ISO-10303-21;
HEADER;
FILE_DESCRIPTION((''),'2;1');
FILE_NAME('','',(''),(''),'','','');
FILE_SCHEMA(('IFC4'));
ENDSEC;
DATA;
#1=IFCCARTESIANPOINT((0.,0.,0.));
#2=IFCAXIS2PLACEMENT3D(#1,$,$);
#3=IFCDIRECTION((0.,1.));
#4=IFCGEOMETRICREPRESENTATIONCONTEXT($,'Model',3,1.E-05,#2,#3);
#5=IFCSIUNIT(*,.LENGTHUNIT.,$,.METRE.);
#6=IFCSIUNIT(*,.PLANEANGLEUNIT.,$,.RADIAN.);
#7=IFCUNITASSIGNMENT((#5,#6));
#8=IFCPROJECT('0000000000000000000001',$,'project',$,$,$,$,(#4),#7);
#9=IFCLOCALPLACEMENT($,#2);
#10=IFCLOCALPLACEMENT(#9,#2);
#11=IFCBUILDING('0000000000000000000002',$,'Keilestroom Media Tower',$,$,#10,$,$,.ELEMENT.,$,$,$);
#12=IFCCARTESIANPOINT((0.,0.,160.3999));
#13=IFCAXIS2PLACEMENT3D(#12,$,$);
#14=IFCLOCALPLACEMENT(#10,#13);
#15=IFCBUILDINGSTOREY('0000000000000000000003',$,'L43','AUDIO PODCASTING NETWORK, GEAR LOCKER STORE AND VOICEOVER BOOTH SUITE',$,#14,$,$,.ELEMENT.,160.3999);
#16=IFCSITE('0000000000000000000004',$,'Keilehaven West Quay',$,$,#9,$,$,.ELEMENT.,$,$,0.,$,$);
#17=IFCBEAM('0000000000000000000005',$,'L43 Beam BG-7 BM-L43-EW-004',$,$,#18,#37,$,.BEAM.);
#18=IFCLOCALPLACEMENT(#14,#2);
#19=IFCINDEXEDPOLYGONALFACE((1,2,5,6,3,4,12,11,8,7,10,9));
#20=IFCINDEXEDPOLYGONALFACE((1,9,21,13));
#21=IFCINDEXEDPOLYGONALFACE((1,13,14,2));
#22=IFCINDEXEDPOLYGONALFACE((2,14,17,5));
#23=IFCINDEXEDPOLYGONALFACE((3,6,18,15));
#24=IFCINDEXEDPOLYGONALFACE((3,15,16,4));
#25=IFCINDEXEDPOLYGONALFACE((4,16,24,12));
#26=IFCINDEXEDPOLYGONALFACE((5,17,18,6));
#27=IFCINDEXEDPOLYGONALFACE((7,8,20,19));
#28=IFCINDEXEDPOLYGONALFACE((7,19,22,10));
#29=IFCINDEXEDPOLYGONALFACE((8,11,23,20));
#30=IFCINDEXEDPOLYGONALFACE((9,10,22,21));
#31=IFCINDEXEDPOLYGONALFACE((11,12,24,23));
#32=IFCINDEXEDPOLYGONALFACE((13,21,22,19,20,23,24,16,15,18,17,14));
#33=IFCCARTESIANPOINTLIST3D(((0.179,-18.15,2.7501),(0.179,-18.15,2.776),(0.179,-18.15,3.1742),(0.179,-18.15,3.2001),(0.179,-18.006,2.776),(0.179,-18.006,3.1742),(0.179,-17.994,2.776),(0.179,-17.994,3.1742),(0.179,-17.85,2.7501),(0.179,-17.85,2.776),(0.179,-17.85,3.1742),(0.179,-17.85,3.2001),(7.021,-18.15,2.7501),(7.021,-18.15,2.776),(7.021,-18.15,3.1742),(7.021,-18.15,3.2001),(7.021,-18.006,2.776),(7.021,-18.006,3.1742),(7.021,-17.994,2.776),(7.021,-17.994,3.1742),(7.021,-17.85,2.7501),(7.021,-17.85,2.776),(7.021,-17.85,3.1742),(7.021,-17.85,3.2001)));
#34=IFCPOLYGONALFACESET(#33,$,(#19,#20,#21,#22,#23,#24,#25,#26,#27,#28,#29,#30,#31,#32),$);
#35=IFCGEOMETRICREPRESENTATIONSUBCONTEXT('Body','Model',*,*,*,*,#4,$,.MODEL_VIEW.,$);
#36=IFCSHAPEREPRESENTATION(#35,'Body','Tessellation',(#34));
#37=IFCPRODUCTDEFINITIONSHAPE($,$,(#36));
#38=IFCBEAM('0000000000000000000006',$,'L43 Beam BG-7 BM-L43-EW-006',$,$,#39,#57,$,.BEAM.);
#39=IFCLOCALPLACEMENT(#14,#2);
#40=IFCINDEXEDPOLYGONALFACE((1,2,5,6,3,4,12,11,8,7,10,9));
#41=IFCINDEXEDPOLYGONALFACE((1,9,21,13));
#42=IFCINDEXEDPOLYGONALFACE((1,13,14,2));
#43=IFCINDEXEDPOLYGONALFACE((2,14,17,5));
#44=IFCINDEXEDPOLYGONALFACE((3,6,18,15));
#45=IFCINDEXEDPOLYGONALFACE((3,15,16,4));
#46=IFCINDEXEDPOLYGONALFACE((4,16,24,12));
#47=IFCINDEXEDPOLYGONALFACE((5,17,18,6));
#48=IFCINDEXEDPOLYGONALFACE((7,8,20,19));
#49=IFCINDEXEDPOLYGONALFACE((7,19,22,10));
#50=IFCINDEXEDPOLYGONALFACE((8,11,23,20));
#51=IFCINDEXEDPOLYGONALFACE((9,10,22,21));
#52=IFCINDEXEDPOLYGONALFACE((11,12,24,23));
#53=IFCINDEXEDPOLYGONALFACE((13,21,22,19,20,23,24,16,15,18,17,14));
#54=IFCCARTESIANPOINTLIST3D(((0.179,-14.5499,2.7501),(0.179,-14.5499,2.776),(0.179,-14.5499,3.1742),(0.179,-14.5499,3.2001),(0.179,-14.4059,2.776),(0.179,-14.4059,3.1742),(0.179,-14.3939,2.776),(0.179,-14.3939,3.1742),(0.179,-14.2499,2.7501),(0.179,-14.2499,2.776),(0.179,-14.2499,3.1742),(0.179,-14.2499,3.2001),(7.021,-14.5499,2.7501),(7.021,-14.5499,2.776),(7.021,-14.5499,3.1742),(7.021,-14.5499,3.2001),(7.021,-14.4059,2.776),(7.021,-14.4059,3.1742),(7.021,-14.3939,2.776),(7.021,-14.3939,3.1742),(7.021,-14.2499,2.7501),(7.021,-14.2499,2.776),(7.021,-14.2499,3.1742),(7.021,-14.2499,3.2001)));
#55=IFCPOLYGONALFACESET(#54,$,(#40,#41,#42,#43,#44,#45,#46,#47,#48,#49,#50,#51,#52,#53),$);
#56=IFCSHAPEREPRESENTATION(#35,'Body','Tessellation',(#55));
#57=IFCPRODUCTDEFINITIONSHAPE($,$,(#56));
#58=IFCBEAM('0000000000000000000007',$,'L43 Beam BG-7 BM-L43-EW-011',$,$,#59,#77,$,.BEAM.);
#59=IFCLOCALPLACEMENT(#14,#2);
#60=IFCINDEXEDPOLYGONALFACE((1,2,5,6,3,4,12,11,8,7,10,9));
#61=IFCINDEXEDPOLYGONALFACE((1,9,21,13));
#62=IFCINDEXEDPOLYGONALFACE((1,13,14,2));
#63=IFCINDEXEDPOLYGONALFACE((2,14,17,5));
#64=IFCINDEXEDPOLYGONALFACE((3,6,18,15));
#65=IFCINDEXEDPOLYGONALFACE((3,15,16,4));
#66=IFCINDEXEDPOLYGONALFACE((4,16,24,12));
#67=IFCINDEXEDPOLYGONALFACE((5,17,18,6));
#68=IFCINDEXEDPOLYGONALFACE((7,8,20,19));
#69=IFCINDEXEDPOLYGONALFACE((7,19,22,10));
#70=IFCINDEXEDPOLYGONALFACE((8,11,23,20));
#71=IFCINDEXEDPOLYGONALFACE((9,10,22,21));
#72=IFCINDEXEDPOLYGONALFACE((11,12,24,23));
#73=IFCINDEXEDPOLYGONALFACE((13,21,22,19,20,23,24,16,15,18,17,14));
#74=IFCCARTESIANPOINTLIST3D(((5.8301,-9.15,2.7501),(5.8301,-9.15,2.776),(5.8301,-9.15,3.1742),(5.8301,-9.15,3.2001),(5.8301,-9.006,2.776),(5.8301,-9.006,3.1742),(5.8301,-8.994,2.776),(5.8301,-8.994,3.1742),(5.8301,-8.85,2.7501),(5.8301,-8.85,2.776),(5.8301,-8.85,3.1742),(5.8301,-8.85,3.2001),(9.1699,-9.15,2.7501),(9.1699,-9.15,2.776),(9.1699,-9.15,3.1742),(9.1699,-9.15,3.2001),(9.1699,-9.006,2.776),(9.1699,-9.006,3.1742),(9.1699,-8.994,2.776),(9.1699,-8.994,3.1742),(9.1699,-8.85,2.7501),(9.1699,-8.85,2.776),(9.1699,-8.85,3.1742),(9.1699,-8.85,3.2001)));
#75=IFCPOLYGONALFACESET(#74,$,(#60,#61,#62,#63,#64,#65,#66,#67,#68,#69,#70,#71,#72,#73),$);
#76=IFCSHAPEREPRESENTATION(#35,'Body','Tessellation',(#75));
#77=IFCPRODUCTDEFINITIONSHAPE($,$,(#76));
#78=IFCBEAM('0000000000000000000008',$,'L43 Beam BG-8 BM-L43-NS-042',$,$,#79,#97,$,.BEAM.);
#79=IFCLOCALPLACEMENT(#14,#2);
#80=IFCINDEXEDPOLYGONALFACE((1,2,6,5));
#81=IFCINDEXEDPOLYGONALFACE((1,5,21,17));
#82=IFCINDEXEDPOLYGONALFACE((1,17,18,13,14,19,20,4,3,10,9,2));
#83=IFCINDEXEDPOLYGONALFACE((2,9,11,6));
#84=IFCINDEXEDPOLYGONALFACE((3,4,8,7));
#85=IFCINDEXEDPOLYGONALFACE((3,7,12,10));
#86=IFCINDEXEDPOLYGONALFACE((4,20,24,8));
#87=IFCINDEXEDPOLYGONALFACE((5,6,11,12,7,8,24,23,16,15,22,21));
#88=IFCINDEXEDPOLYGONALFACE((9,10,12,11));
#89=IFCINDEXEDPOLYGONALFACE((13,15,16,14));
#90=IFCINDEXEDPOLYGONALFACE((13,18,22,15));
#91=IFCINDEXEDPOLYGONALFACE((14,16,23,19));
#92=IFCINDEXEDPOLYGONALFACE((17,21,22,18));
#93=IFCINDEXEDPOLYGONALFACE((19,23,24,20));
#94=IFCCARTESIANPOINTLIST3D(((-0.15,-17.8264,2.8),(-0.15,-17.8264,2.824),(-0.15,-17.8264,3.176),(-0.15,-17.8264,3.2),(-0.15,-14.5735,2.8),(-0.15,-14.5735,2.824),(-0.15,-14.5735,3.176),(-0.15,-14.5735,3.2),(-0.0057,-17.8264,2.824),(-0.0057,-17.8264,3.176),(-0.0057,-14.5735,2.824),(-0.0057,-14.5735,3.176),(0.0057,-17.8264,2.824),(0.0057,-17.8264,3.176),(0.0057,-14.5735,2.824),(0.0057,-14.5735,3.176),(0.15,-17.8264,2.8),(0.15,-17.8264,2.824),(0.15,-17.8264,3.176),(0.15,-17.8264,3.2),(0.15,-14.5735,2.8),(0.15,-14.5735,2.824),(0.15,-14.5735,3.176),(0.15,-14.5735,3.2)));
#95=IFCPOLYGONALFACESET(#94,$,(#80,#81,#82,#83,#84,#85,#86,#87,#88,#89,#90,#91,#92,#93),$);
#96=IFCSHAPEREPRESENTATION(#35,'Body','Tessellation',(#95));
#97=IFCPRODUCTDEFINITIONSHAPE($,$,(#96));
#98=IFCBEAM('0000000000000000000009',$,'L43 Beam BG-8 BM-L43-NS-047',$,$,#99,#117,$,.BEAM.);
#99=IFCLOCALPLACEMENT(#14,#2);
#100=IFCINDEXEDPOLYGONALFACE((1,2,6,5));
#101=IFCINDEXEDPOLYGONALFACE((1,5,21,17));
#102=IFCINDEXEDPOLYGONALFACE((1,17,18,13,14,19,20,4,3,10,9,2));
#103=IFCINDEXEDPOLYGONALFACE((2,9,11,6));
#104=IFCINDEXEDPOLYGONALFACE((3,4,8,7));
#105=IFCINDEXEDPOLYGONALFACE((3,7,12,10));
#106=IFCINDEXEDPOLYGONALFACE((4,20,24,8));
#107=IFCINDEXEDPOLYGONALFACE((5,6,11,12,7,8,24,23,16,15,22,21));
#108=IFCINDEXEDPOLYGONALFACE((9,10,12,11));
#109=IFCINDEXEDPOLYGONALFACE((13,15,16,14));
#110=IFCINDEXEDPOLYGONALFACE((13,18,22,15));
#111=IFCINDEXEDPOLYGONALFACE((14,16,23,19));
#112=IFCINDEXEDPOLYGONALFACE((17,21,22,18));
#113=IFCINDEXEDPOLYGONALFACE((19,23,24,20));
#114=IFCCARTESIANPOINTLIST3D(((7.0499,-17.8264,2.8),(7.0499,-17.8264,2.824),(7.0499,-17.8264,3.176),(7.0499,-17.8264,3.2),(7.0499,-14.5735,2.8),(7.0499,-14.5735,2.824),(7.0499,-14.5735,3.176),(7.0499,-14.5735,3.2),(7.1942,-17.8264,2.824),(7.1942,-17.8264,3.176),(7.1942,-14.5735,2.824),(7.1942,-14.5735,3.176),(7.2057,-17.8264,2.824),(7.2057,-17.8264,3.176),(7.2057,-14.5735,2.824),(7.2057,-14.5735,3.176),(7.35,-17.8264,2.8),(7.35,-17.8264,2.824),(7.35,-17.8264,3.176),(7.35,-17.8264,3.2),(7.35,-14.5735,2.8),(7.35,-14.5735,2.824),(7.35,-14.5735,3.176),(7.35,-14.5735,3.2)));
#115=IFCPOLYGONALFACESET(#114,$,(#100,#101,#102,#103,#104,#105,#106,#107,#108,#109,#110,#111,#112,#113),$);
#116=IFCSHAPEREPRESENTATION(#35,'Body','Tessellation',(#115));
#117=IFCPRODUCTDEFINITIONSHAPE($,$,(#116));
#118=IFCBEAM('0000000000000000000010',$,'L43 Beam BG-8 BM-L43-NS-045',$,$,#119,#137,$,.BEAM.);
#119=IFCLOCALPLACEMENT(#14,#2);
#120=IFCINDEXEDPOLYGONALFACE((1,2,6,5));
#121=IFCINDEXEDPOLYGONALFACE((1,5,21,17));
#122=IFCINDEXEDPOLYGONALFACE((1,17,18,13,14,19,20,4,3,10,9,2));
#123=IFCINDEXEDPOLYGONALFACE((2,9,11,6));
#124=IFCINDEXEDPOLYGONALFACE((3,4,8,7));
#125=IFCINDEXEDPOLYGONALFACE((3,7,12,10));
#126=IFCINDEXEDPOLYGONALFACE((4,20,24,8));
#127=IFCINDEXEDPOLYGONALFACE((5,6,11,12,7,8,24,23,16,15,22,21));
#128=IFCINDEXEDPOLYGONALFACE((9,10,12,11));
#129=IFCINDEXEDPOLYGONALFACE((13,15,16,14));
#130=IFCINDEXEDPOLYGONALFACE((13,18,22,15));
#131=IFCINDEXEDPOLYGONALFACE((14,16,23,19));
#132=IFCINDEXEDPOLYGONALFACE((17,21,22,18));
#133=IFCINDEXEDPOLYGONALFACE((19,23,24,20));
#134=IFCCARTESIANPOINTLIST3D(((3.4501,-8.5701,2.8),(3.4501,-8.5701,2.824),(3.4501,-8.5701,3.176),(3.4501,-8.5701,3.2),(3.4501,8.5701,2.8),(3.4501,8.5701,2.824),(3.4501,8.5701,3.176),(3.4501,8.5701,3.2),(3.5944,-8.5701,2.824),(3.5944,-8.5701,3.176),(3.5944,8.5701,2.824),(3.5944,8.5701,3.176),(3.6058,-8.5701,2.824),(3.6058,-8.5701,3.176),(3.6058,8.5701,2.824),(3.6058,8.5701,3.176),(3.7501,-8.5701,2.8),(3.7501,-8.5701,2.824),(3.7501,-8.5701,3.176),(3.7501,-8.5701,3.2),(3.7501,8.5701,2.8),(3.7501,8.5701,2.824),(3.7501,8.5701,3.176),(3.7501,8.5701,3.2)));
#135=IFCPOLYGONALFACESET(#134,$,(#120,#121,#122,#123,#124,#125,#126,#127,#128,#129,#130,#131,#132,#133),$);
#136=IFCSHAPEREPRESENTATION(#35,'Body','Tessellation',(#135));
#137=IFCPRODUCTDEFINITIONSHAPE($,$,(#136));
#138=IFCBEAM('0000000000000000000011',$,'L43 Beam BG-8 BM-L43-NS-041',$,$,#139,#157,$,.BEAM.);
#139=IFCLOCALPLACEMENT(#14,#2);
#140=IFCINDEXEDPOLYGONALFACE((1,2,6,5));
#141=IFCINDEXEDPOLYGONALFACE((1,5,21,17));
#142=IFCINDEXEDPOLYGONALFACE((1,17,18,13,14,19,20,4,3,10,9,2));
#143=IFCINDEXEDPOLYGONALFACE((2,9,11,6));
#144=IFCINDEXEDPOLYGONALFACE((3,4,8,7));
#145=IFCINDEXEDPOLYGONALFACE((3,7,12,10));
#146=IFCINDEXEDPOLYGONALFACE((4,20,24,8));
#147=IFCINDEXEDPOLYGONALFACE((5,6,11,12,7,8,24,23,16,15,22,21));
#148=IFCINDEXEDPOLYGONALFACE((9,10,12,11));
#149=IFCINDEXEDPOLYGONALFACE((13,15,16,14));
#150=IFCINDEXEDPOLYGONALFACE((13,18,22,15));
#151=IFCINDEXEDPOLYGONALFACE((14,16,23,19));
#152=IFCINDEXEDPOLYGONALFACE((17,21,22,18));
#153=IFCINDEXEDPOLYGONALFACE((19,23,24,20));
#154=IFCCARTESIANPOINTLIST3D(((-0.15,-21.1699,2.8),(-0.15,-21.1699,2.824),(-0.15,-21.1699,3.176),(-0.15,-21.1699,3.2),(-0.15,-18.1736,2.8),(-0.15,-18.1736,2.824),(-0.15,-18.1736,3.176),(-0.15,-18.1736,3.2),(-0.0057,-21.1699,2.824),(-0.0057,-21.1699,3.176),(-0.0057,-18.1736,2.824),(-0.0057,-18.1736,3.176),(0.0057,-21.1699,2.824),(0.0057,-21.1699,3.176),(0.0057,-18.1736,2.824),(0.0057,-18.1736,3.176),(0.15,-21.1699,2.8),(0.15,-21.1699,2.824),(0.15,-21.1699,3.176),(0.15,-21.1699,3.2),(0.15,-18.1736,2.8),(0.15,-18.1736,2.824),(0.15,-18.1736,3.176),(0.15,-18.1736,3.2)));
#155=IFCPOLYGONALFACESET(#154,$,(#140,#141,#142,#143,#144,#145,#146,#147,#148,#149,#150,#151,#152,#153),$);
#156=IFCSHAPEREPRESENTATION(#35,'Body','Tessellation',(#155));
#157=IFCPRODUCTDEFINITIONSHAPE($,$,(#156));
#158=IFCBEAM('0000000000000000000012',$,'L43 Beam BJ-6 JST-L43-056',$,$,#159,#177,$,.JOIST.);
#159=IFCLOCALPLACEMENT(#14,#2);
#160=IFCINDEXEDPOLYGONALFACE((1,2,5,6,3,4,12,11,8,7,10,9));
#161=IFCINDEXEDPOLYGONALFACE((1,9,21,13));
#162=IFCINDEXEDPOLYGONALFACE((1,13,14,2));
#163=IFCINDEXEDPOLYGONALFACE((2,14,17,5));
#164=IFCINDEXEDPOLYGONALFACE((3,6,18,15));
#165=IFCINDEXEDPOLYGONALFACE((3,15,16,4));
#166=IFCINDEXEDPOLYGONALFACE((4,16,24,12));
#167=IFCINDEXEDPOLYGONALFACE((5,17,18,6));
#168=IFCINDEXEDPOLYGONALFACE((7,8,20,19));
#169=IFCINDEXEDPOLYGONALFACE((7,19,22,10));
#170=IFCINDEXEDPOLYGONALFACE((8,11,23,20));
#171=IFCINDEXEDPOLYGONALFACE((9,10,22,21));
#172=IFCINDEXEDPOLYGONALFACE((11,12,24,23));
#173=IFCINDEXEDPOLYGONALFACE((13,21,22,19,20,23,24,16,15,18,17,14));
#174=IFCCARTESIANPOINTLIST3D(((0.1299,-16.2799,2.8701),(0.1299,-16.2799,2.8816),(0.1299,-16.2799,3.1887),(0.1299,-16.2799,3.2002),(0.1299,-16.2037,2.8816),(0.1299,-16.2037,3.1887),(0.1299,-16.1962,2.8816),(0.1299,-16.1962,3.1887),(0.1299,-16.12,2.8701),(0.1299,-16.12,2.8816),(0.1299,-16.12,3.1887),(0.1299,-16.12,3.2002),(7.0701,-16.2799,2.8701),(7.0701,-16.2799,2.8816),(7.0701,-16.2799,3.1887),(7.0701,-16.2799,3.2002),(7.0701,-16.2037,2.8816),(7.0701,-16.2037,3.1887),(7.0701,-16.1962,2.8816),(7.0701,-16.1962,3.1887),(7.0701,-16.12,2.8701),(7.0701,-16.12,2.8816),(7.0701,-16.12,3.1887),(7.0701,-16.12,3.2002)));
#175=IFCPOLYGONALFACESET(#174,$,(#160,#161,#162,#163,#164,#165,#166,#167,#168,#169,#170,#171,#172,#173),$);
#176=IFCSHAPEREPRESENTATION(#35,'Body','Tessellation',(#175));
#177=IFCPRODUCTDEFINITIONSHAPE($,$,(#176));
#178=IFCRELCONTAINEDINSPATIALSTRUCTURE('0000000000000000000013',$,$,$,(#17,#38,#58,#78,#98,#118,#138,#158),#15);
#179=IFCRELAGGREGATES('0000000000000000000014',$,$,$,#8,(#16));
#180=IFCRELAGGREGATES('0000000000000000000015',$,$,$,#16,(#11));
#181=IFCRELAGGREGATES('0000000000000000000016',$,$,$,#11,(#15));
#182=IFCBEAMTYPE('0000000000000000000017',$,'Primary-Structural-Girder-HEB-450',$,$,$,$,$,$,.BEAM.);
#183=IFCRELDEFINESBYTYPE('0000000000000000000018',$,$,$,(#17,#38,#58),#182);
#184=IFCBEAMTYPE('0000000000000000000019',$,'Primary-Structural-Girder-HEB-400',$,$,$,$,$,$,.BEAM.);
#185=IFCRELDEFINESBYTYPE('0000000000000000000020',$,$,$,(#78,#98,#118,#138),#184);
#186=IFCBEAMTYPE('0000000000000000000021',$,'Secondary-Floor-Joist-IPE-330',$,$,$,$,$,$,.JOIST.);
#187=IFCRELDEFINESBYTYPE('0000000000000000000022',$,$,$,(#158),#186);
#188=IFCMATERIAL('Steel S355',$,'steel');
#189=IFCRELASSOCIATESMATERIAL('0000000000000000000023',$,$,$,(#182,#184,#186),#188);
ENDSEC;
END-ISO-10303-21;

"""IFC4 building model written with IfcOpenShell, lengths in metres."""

from ifc_helpers import new_model, si_unit, direction, frame, origin, origin_2d, place, context, subcontext, project, spatial, i_section, extrude, source, transform, mapped, material, material_profile, profile_set, type_object, element, save


model = new_model("IFC4")

# Units and contexts
model_context = context("Model", 3, precision=1e-05, world=origin(), true_north=direction((0.0, 1.0)))
body_context = subcontext(model_context, "Body", "Model", "MODEL_VIEW")
ifc_project = project(units=[si_unit("LENGTHUNIT", "METRE"), si_unit("PLANEANGLEUNIT", "RADIAN")], contexts=[model_context])

# Site, building, storey
site_placement = place(None, origin())
site = spatial("IfcSite", under=ifc_project, at=site_placement, Name="Keilehaven West Quay", CompositionType="ELEMENT", RefElevation=0.0)
building_placement = place(site_placement, origin())
building = spatial("IfcBuilding", under=site, at=building_placement, Name="Keilestroom Media Tower", CompositionType="ELEMENT")
storey_placement = place(building_placement, frame((0.0, 0.0, 160.3999)))
storey = spatial("IfcBuildingStorey", under=building, at=storey_placement, Name="L43", Description="AUDIO PODCASTING NETWORK, GEAR LOCKER STORE AND VOICEOVER BOOTH SUITE", CompositionType="ELEMENT", Elevation=160.3999)

# Shared definitions
ifc_material_1 = material(Name="Steel S355", Category="steel")

# Beams
ifc_material_profile_1 = material_profile(ifc_material_1, i_section(OverallWidth=0.3, OverallDepth=0.45, WebThickness=0.012, FlangeThickness=0.0259, at=origin_2d()), Name="HEB 450")
ifc_profile_set_1 = profile_set([ifc_material_profile_1], Name="Steel S355")
beam_type_1 = type_object("IfcBeamType", Name="Primary-Structural-Girder-HEB-450", PredefinedType="BEAM", material=ifc_profile_set_1)
shared_shape_1 = source(origin(), body_context, "Body", "SweptSolid", [
    extrude(i_section(OverallWidth=0.3, OverallDepth=0.45, WebThickness=0.012, FlangeThickness=0.0259, at=origin_2d()), origin(), (0.0, 0.0, 1.0), 6.842),
])
for number, where, z_axis, x_axis, name in (
    (1, (0.179, -18.0, 2.9751), (1.0, 0.0, 0.0), (0.0, 1.0, 0.0), "L43 Beam BG-7 BM-L43-EW-004"),
    (2, (0.179, -14.3999, 2.9751), (1.0, 0.0, 0.0), (0.0, 1.0, 0.0), "L43 Beam BG-7 BM-L43-EW-006"),
):
    element("IfcBeam", number, at=place(storey_placement, frame(where, z_axis=z_axis, x_axis=x_axis)), inside=storey, type_object=beam_type_1, Name=name, PredefinedType="BEAM", context=body_context, shape_type="MappedRepresentation", body=[
        mapped(shared_shape_1, transform((0.0, 0.0, 0.0), x_axis=(1.0, 0.0, 0.0), y_axis=(0.0, 1.0, 0.0), z_axis=(0.0, 0.0, 1.0), scale=1.0)),
    ])
shared_shape_2 = source(origin(), body_context, "Body", "SweptSolid", [
    extrude(i_section(OverallWidth=0.3, OverallDepth=0.45, WebThickness=0.012, FlangeThickness=0.0259, at=origin_2d()), origin(), (0.0, 0.0, 1.0), 3.3398),
])
beam_1_placement = place(storey_placement, frame((5.8301, -9.0, 2.9751), z_axis=(1.0, 0.0, 0.0), x_axis=(0.0, 1.0, 0.0)))
element("IfcBeam", 3, at=beam_1_placement, inside=storey, type_object=beam_type_1, Name="L43 Beam BG-7 BM-L43-EW-011", PredefinedType="BEAM", context=body_context, shape_type="MappedRepresentation", body=[
    mapped(shared_shape_2, transform((0.0, 0.0, 0.0), x_axis=(1.0, 0.0, 0.0), y_axis=(0.0, 1.0, 0.0), z_axis=(0.0, 0.0, 1.0), scale=1.0)),
])
ifc_material_profile_2 = material_profile(ifc_material_1, i_section(OverallWidth=0.3, OverallDepth=0.3999, WebThickness=0.0115, FlangeThickness=0.0239, at=origin_2d()), Name="HEB 400")
ifc_profile_set_2 = profile_set([ifc_material_profile_2], Name="Steel S355")
beam_type_2 = type_object("IfcBeamType", Name="Primary-Structural-Girder-HEB-400", PredefinedType="BEAM", material=ifc_profile_set_2)
shared_shape_3 = source(origin(), body_context, "Body", "SweptSolid", [
    extrude(i_section(OverallWidth=0.3, OverallDepth=0.3999, WebThickness=0.0115, FlangeThickness=0.0239, at=origin_2d()), origin(), (0.0, 0.0, 1.0), 3.2529),
])
for number, where, z_axis, x_axis, name in (
    (4, (0.0, -17.8264, 3.0), (0.0, 1.0, 0.0), (-1.0, 0.0, 0.0), "L43 Beam BG-8 BM-L43-NS-042"),
    (5, (7.2, -17.8264, 3.0), (0.0, 1.0, 0.0), (-1.0, 0.0, 0.0), "L43 Beam BG-8 BM-L43-NS-047"),
):
    element("IfcBeam", number, at=place(storey_placement, frame(where, z_axis=z_axis, x_axis=x_axis)), inside=storey, type_object=beam_type_2, Name=name, PredefinedType="BEAM", context=body_context, shape_type="MappedRepresentation", body=[
        mapped(shared_shape_3, transform((0.0, 0.0, 0.0), x_axis=(1.0, 0.0, 0.0), y_axis=(0.0, 1.0, 0.0), z_axis=(0.0, 0.0, 1.0), scale=1.0)),
    ])
shared_shape_4 = source(origin(), body_context, "Body", "SweptSolid", [
    extrude(i_section(OverallWidth=0.3, OverallDepth=0.3999, WebThickness=0.0115, FlangeThickness=0.0239, at=origin_2d()), origin(), (0.0, 0.0, 1.0), 17.1401),
])
beam_2_placement = place(storey_placement, frame((3.6001, -8.5701, 3.0), z_axis=(0.0, 1.0, 0.0), x_axis=(-1.0, 0.0, 0.0)))
element("IfcBeam", 6, at=beam_2_placement, inside=storey, type_object=beam_type_2, Name="L43 Beam BG-8 BM-L43-NS-045", PredefinedType="BEAM", context=body_context, shape_type="MappedRepresentation", body=[
    mapped(shared_shape_4, transform((0.0, 0.0, 0.0), x_axis=(1.0, 0.0, 0.0), y_axis=(0.0, 1.0, 0.0), z_axis=(0.0, 0.0, 1.0), scale=1.0)),
])
shared_shape_5 = source(origin(), body_context, "Body", "SweptSolid", [
    extrude(i_section(OverallWidth=0.3, OverallDepth=0.3999, WebThickness=0.0115, FlangeThickness=0.0239, at=origin_2d()), origin(), (0.0, 0.0, 1.0), 2.9963),
])
beam_3_placement = place(storey_placement, frame((0.0, -21.1699, 3.0), z_axis=(0.0, 1.0, 0.0), x_axis=(-1.0, 0.0, 0.0)))
element("IfcBeam", 7, at=beam_3_placement, inside=storey, type_object=beam_type_2, Name="L43 Beam BG-8 BM-L43-NS-041", PredefinedType="BEAM", context=body_context, shape_type="MappedRepresentation", body=[
    mapped(shared_shape_5, transform((0.0, 0.0, 0.0), x_axis=(1.0, 0.0, 0.0), y_axis=(0.0, 1.0, 0.0), z_axis=(0.0, 0.0, 1.0), scale=1.0)),
])
ifc_material_profile_3 = material_profile(ifc_material_1, i_section(OverallWidth=0.1599, OverallDepth=0.3301, WebThickness=0.0076, FlangeThickness=0.0115, at=origin_2d()), Name="IPE 330")
ifc_profile_set_3 = profile_set([ifc_material_profile_3], Name="Steel S355")
beam_type_3 = type_object("IfcBeamType", Name="Secondary-Floor-Joist-IPE-330", PredefinedType="JOIST", material=ifc_profile_set_3)
shared_shape_6 = source(origin(), body_context, "Body", "SweptSolid", [
    extrude(i_section(OverallWidth=0.1599, OverallDepth=0.3301, WebThickness=0.0076, FlangeThickness=0.0115, at=origin_2d()), origin(), (0.0, 0.0, 1.0), 6.9402),
])
beam_4_placement = place(storey_placement, frame((0.1299, -16.2, 3.0352), z_axis=(1.0, 0.0, 0.0), x_axis=(0.0, 1.0, 0.0)))
element("IfcBeam", 8, at=beam_4_placement, inside=storey, type_object=beam_type_3, Name="L43 Beam BJ-6 JST-L43-056", PredefinedType="JOIST", context=body_context, shape_type="MappedRepresentation", body=[
    mapped(shared_shape_6, transform((0.0, 0.0, 0.0), x_axis=(1.0, 0.0, 0.0), y_axis=(0.0, 1.0, 0.0), z_axis=(0.0, 0.0, 1.0), scale=1.0)),
])

save(model, "model.ifc")
